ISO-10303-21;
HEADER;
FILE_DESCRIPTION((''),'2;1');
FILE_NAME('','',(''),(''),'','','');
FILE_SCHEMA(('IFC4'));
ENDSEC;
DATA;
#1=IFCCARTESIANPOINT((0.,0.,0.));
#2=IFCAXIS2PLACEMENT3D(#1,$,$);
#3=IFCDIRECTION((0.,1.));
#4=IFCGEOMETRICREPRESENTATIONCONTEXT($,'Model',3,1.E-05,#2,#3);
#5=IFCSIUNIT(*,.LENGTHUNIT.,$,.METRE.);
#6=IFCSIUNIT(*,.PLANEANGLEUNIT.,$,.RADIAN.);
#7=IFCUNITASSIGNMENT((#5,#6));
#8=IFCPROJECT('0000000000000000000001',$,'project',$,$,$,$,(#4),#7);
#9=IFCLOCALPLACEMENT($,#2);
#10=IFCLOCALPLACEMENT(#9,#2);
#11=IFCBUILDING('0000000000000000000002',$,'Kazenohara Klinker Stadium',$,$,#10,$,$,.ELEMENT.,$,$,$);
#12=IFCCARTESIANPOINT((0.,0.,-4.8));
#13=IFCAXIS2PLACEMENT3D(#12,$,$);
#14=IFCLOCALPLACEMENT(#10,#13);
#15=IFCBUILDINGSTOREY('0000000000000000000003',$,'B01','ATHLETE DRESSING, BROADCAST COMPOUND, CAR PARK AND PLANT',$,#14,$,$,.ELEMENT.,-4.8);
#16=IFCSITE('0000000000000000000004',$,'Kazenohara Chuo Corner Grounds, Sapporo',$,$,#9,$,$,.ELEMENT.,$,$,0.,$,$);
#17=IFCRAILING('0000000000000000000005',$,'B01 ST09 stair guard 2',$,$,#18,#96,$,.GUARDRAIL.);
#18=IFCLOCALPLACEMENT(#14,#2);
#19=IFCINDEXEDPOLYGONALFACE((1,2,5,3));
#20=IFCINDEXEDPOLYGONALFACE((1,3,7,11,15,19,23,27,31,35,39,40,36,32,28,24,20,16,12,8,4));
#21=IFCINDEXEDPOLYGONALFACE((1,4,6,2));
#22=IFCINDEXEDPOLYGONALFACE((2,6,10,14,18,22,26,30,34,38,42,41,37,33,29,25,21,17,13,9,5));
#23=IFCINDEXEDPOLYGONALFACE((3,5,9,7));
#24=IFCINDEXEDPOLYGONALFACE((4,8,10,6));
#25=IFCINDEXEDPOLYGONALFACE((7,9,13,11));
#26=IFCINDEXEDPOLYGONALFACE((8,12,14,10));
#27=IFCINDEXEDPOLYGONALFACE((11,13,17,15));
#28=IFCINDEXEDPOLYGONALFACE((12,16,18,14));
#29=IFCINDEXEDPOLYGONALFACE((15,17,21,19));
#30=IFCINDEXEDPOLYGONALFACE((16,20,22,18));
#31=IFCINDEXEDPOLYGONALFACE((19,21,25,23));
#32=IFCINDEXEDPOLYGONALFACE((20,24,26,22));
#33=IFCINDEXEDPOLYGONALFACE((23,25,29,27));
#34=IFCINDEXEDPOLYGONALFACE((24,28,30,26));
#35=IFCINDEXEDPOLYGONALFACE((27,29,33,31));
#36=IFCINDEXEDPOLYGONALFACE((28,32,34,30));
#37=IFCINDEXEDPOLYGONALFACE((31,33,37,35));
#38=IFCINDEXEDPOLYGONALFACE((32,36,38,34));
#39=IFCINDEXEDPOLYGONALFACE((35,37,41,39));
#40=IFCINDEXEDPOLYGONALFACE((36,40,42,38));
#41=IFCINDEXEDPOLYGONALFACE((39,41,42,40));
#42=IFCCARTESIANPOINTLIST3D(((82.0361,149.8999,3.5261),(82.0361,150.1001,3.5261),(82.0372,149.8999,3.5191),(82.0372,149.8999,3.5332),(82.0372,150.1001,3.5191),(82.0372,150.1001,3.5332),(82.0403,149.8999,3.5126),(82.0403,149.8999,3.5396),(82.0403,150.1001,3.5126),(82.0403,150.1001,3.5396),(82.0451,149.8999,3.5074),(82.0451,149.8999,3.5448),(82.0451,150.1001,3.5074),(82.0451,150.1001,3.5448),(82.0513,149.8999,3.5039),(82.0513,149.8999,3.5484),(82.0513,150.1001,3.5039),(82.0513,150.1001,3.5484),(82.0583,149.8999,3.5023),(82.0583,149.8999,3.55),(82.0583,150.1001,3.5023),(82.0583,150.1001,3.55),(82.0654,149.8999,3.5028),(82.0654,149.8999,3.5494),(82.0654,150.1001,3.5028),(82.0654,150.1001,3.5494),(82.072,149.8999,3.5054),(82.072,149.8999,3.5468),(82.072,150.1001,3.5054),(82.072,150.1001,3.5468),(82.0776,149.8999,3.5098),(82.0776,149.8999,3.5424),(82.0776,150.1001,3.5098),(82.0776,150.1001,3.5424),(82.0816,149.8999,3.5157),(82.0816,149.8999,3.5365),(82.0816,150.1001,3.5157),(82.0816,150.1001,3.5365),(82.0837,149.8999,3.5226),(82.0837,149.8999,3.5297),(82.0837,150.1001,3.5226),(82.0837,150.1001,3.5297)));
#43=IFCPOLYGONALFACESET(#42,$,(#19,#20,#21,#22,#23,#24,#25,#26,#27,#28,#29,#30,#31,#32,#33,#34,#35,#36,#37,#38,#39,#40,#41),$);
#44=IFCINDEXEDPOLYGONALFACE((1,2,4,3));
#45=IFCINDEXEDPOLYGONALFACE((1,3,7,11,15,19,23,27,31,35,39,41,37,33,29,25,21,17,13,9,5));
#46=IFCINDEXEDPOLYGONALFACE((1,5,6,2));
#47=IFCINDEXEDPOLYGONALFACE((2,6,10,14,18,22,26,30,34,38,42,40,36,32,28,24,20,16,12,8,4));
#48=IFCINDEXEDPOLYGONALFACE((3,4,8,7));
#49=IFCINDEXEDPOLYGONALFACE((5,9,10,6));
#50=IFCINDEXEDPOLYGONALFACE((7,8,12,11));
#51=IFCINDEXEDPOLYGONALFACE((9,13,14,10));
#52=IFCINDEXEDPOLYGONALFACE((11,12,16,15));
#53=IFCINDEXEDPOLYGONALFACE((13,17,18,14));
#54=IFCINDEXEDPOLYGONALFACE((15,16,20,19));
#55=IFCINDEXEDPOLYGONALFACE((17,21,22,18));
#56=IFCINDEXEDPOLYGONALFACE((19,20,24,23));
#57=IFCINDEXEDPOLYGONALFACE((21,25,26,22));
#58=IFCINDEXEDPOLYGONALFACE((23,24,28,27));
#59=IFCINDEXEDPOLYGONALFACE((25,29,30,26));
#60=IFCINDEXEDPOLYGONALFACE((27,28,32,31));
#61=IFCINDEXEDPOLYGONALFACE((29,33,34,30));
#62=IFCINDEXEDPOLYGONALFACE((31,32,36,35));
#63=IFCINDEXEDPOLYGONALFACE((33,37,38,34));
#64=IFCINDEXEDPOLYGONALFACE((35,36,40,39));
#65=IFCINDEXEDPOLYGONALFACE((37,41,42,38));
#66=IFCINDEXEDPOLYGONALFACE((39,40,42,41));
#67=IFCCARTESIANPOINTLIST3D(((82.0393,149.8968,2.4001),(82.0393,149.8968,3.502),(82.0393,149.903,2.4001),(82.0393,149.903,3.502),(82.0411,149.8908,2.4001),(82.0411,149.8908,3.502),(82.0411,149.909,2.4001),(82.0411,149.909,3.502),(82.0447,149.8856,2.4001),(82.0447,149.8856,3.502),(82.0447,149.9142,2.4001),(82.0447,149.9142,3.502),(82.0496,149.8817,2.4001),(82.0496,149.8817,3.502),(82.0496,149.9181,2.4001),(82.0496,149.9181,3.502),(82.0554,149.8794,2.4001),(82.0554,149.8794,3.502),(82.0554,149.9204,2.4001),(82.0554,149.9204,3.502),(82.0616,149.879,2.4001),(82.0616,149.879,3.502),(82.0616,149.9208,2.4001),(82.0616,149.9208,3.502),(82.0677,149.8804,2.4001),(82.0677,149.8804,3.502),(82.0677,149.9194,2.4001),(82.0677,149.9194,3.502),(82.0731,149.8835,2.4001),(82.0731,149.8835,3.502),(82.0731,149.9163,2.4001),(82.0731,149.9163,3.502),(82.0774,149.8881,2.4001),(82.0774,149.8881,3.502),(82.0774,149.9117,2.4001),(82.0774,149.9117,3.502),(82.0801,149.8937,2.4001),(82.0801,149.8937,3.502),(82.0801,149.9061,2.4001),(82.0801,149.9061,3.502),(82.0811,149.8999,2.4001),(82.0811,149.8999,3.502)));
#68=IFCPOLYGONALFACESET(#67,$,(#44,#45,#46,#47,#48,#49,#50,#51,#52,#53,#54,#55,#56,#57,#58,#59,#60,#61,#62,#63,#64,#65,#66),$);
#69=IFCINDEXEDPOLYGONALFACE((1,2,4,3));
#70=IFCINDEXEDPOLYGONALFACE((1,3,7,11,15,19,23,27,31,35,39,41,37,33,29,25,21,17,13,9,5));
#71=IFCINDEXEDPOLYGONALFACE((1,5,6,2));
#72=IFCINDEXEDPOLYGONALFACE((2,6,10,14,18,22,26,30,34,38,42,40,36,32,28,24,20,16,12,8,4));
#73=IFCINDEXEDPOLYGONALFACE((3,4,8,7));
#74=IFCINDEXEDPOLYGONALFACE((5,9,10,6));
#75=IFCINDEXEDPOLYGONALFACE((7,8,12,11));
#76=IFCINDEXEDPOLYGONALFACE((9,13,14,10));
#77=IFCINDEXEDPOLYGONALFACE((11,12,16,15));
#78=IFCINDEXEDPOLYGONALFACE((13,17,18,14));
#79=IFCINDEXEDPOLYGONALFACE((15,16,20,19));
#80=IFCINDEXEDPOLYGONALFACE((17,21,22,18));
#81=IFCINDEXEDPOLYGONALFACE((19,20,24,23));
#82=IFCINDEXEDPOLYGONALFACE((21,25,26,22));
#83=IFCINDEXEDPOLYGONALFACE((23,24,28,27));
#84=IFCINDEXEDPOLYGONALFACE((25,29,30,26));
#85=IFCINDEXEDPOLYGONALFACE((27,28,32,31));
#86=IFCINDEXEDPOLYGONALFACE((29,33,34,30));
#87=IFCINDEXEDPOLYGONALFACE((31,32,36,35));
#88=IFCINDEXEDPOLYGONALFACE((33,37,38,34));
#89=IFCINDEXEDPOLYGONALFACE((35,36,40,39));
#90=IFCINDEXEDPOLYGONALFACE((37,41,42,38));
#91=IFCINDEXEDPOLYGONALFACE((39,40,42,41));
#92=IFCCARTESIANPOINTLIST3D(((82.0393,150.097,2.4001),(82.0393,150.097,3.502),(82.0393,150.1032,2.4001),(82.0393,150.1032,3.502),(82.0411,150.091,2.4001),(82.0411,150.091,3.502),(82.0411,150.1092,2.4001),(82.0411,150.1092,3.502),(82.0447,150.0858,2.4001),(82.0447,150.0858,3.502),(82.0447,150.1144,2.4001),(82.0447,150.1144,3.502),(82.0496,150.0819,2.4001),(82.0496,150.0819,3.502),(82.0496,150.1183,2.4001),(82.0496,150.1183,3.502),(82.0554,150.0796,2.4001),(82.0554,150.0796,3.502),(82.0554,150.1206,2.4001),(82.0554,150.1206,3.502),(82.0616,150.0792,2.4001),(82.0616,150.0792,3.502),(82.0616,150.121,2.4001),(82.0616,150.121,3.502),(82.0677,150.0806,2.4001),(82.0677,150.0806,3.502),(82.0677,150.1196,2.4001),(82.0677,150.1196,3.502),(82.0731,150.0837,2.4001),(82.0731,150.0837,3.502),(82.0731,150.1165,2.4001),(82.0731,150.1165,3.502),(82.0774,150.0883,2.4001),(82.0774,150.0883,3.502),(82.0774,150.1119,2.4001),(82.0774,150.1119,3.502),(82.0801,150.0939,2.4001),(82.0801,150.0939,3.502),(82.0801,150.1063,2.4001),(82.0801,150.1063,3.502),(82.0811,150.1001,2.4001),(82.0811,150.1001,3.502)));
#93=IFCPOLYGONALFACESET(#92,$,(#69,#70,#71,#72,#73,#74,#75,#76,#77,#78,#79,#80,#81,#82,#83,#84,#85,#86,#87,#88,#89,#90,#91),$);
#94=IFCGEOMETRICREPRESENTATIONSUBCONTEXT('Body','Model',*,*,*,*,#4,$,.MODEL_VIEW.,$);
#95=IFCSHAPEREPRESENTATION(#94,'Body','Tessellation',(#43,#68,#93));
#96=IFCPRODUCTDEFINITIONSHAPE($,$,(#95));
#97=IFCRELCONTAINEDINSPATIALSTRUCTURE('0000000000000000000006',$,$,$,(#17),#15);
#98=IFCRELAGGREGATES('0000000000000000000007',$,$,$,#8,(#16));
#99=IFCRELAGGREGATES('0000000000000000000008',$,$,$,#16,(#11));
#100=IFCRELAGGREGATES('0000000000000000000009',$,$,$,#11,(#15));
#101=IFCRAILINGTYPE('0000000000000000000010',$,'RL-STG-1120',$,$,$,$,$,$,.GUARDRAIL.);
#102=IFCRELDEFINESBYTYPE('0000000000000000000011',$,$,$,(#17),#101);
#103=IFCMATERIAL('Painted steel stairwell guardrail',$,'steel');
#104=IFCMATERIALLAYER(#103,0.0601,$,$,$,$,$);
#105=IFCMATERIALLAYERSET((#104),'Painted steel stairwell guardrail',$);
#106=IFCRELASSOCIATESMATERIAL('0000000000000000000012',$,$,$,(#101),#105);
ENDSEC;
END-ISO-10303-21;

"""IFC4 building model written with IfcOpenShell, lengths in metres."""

from ifc_helpers import new_model, si_unit, direction, frame, origin, origin_2d, place, context, subcontext, project, spatial, circle, extrude, material, layer, layer_set, type_object, element, save


model = new_model("IFC4")

# Units and contexts
model_context = context("Model", 3, precision=1e-05, world=origin(), true_north=direction((0.0, 1.0)))
body_context = subcontext(model_context, "Body", "Model", "MODEL_VIEW")
ifc_project = project(units=[si_unit("LENGTHUNIT", "METRE"), si_unit("PLANEANGLEUNIT", "RADIAN")], contexts=[model_context])

# Site, building, storey
site_placement = place(None, origin())
site = spatial("IfcSite", under=ifc_project, at=site_placement, Name="Kazenohara Chuo Corner Grounds, Sapporo", CompositionType="ELEMENT", RefElevation=0.0)
building_placement = place(site_placement, origin())
building = spatial("IfcBuilding", under=site, at=building_placement, Name="Kazenohara Klinker Stadium", CompositionType="ELEMENT")
storey_placement = place(building_placement, frame((0.0, 0.0, -4.8)))
storey = spatial("IfcBuildingStorey", under=building, at=storey_placement, Name="B01", Description="ATHLETE DRESSING, BROADCAST COMPOUND, CAR PARK AND PLANT", CompositionType="ELEMENT", Elevation=-4.8)

# Railing
ifc_material_1 = material(Name="Painted steel stairwell guardrail", Category="steel")
ifc_layer_1 = layer(ifc_material_1, 0.0601)
ifc_layer_set_1 = layer_set([ifc_layer_1], Name="Painted steel stairwell guardrail")
railing_type_1 = type_object("IfcRailingType", Name="RL-STG-1120", PredefinedType="GUARDRAIL", material=ifc_layer_set_1)
railing_1_placement = place(storey_placement, frame((82.0601, 149.8999, 2.4001)))
element("IfcRailing", 1, at=railing_1_placement, inside=storey, type_object=railing_type_1, Name="B01 ST09 stair guard 2", PredefinedType="GUARDRAIL", context=body_context, shape_type="SweptSolid", body=[
    extrude(circle(Radius=0.0239, at=origin_2d()), frame((0.0, 0.0, 1.126), z_axis=(0.0, 1.0, 0.0), x_axis=(-1.0, 0.0, 0.0)), (0.0, 0.0, 1.0), 0.2002),
    extrude(circle(Radius=0.021, at=origin_2d()), origin(), (0.0, 0.0, 1.0), 1.1018),
    extrude(circle(Radius=0.021, at=origin_2d()), frame((0.0, 0.2002, 0.0)), (0.0, 0.0, 1.0), 1.1018),
])

save(model, "model.ifc")
